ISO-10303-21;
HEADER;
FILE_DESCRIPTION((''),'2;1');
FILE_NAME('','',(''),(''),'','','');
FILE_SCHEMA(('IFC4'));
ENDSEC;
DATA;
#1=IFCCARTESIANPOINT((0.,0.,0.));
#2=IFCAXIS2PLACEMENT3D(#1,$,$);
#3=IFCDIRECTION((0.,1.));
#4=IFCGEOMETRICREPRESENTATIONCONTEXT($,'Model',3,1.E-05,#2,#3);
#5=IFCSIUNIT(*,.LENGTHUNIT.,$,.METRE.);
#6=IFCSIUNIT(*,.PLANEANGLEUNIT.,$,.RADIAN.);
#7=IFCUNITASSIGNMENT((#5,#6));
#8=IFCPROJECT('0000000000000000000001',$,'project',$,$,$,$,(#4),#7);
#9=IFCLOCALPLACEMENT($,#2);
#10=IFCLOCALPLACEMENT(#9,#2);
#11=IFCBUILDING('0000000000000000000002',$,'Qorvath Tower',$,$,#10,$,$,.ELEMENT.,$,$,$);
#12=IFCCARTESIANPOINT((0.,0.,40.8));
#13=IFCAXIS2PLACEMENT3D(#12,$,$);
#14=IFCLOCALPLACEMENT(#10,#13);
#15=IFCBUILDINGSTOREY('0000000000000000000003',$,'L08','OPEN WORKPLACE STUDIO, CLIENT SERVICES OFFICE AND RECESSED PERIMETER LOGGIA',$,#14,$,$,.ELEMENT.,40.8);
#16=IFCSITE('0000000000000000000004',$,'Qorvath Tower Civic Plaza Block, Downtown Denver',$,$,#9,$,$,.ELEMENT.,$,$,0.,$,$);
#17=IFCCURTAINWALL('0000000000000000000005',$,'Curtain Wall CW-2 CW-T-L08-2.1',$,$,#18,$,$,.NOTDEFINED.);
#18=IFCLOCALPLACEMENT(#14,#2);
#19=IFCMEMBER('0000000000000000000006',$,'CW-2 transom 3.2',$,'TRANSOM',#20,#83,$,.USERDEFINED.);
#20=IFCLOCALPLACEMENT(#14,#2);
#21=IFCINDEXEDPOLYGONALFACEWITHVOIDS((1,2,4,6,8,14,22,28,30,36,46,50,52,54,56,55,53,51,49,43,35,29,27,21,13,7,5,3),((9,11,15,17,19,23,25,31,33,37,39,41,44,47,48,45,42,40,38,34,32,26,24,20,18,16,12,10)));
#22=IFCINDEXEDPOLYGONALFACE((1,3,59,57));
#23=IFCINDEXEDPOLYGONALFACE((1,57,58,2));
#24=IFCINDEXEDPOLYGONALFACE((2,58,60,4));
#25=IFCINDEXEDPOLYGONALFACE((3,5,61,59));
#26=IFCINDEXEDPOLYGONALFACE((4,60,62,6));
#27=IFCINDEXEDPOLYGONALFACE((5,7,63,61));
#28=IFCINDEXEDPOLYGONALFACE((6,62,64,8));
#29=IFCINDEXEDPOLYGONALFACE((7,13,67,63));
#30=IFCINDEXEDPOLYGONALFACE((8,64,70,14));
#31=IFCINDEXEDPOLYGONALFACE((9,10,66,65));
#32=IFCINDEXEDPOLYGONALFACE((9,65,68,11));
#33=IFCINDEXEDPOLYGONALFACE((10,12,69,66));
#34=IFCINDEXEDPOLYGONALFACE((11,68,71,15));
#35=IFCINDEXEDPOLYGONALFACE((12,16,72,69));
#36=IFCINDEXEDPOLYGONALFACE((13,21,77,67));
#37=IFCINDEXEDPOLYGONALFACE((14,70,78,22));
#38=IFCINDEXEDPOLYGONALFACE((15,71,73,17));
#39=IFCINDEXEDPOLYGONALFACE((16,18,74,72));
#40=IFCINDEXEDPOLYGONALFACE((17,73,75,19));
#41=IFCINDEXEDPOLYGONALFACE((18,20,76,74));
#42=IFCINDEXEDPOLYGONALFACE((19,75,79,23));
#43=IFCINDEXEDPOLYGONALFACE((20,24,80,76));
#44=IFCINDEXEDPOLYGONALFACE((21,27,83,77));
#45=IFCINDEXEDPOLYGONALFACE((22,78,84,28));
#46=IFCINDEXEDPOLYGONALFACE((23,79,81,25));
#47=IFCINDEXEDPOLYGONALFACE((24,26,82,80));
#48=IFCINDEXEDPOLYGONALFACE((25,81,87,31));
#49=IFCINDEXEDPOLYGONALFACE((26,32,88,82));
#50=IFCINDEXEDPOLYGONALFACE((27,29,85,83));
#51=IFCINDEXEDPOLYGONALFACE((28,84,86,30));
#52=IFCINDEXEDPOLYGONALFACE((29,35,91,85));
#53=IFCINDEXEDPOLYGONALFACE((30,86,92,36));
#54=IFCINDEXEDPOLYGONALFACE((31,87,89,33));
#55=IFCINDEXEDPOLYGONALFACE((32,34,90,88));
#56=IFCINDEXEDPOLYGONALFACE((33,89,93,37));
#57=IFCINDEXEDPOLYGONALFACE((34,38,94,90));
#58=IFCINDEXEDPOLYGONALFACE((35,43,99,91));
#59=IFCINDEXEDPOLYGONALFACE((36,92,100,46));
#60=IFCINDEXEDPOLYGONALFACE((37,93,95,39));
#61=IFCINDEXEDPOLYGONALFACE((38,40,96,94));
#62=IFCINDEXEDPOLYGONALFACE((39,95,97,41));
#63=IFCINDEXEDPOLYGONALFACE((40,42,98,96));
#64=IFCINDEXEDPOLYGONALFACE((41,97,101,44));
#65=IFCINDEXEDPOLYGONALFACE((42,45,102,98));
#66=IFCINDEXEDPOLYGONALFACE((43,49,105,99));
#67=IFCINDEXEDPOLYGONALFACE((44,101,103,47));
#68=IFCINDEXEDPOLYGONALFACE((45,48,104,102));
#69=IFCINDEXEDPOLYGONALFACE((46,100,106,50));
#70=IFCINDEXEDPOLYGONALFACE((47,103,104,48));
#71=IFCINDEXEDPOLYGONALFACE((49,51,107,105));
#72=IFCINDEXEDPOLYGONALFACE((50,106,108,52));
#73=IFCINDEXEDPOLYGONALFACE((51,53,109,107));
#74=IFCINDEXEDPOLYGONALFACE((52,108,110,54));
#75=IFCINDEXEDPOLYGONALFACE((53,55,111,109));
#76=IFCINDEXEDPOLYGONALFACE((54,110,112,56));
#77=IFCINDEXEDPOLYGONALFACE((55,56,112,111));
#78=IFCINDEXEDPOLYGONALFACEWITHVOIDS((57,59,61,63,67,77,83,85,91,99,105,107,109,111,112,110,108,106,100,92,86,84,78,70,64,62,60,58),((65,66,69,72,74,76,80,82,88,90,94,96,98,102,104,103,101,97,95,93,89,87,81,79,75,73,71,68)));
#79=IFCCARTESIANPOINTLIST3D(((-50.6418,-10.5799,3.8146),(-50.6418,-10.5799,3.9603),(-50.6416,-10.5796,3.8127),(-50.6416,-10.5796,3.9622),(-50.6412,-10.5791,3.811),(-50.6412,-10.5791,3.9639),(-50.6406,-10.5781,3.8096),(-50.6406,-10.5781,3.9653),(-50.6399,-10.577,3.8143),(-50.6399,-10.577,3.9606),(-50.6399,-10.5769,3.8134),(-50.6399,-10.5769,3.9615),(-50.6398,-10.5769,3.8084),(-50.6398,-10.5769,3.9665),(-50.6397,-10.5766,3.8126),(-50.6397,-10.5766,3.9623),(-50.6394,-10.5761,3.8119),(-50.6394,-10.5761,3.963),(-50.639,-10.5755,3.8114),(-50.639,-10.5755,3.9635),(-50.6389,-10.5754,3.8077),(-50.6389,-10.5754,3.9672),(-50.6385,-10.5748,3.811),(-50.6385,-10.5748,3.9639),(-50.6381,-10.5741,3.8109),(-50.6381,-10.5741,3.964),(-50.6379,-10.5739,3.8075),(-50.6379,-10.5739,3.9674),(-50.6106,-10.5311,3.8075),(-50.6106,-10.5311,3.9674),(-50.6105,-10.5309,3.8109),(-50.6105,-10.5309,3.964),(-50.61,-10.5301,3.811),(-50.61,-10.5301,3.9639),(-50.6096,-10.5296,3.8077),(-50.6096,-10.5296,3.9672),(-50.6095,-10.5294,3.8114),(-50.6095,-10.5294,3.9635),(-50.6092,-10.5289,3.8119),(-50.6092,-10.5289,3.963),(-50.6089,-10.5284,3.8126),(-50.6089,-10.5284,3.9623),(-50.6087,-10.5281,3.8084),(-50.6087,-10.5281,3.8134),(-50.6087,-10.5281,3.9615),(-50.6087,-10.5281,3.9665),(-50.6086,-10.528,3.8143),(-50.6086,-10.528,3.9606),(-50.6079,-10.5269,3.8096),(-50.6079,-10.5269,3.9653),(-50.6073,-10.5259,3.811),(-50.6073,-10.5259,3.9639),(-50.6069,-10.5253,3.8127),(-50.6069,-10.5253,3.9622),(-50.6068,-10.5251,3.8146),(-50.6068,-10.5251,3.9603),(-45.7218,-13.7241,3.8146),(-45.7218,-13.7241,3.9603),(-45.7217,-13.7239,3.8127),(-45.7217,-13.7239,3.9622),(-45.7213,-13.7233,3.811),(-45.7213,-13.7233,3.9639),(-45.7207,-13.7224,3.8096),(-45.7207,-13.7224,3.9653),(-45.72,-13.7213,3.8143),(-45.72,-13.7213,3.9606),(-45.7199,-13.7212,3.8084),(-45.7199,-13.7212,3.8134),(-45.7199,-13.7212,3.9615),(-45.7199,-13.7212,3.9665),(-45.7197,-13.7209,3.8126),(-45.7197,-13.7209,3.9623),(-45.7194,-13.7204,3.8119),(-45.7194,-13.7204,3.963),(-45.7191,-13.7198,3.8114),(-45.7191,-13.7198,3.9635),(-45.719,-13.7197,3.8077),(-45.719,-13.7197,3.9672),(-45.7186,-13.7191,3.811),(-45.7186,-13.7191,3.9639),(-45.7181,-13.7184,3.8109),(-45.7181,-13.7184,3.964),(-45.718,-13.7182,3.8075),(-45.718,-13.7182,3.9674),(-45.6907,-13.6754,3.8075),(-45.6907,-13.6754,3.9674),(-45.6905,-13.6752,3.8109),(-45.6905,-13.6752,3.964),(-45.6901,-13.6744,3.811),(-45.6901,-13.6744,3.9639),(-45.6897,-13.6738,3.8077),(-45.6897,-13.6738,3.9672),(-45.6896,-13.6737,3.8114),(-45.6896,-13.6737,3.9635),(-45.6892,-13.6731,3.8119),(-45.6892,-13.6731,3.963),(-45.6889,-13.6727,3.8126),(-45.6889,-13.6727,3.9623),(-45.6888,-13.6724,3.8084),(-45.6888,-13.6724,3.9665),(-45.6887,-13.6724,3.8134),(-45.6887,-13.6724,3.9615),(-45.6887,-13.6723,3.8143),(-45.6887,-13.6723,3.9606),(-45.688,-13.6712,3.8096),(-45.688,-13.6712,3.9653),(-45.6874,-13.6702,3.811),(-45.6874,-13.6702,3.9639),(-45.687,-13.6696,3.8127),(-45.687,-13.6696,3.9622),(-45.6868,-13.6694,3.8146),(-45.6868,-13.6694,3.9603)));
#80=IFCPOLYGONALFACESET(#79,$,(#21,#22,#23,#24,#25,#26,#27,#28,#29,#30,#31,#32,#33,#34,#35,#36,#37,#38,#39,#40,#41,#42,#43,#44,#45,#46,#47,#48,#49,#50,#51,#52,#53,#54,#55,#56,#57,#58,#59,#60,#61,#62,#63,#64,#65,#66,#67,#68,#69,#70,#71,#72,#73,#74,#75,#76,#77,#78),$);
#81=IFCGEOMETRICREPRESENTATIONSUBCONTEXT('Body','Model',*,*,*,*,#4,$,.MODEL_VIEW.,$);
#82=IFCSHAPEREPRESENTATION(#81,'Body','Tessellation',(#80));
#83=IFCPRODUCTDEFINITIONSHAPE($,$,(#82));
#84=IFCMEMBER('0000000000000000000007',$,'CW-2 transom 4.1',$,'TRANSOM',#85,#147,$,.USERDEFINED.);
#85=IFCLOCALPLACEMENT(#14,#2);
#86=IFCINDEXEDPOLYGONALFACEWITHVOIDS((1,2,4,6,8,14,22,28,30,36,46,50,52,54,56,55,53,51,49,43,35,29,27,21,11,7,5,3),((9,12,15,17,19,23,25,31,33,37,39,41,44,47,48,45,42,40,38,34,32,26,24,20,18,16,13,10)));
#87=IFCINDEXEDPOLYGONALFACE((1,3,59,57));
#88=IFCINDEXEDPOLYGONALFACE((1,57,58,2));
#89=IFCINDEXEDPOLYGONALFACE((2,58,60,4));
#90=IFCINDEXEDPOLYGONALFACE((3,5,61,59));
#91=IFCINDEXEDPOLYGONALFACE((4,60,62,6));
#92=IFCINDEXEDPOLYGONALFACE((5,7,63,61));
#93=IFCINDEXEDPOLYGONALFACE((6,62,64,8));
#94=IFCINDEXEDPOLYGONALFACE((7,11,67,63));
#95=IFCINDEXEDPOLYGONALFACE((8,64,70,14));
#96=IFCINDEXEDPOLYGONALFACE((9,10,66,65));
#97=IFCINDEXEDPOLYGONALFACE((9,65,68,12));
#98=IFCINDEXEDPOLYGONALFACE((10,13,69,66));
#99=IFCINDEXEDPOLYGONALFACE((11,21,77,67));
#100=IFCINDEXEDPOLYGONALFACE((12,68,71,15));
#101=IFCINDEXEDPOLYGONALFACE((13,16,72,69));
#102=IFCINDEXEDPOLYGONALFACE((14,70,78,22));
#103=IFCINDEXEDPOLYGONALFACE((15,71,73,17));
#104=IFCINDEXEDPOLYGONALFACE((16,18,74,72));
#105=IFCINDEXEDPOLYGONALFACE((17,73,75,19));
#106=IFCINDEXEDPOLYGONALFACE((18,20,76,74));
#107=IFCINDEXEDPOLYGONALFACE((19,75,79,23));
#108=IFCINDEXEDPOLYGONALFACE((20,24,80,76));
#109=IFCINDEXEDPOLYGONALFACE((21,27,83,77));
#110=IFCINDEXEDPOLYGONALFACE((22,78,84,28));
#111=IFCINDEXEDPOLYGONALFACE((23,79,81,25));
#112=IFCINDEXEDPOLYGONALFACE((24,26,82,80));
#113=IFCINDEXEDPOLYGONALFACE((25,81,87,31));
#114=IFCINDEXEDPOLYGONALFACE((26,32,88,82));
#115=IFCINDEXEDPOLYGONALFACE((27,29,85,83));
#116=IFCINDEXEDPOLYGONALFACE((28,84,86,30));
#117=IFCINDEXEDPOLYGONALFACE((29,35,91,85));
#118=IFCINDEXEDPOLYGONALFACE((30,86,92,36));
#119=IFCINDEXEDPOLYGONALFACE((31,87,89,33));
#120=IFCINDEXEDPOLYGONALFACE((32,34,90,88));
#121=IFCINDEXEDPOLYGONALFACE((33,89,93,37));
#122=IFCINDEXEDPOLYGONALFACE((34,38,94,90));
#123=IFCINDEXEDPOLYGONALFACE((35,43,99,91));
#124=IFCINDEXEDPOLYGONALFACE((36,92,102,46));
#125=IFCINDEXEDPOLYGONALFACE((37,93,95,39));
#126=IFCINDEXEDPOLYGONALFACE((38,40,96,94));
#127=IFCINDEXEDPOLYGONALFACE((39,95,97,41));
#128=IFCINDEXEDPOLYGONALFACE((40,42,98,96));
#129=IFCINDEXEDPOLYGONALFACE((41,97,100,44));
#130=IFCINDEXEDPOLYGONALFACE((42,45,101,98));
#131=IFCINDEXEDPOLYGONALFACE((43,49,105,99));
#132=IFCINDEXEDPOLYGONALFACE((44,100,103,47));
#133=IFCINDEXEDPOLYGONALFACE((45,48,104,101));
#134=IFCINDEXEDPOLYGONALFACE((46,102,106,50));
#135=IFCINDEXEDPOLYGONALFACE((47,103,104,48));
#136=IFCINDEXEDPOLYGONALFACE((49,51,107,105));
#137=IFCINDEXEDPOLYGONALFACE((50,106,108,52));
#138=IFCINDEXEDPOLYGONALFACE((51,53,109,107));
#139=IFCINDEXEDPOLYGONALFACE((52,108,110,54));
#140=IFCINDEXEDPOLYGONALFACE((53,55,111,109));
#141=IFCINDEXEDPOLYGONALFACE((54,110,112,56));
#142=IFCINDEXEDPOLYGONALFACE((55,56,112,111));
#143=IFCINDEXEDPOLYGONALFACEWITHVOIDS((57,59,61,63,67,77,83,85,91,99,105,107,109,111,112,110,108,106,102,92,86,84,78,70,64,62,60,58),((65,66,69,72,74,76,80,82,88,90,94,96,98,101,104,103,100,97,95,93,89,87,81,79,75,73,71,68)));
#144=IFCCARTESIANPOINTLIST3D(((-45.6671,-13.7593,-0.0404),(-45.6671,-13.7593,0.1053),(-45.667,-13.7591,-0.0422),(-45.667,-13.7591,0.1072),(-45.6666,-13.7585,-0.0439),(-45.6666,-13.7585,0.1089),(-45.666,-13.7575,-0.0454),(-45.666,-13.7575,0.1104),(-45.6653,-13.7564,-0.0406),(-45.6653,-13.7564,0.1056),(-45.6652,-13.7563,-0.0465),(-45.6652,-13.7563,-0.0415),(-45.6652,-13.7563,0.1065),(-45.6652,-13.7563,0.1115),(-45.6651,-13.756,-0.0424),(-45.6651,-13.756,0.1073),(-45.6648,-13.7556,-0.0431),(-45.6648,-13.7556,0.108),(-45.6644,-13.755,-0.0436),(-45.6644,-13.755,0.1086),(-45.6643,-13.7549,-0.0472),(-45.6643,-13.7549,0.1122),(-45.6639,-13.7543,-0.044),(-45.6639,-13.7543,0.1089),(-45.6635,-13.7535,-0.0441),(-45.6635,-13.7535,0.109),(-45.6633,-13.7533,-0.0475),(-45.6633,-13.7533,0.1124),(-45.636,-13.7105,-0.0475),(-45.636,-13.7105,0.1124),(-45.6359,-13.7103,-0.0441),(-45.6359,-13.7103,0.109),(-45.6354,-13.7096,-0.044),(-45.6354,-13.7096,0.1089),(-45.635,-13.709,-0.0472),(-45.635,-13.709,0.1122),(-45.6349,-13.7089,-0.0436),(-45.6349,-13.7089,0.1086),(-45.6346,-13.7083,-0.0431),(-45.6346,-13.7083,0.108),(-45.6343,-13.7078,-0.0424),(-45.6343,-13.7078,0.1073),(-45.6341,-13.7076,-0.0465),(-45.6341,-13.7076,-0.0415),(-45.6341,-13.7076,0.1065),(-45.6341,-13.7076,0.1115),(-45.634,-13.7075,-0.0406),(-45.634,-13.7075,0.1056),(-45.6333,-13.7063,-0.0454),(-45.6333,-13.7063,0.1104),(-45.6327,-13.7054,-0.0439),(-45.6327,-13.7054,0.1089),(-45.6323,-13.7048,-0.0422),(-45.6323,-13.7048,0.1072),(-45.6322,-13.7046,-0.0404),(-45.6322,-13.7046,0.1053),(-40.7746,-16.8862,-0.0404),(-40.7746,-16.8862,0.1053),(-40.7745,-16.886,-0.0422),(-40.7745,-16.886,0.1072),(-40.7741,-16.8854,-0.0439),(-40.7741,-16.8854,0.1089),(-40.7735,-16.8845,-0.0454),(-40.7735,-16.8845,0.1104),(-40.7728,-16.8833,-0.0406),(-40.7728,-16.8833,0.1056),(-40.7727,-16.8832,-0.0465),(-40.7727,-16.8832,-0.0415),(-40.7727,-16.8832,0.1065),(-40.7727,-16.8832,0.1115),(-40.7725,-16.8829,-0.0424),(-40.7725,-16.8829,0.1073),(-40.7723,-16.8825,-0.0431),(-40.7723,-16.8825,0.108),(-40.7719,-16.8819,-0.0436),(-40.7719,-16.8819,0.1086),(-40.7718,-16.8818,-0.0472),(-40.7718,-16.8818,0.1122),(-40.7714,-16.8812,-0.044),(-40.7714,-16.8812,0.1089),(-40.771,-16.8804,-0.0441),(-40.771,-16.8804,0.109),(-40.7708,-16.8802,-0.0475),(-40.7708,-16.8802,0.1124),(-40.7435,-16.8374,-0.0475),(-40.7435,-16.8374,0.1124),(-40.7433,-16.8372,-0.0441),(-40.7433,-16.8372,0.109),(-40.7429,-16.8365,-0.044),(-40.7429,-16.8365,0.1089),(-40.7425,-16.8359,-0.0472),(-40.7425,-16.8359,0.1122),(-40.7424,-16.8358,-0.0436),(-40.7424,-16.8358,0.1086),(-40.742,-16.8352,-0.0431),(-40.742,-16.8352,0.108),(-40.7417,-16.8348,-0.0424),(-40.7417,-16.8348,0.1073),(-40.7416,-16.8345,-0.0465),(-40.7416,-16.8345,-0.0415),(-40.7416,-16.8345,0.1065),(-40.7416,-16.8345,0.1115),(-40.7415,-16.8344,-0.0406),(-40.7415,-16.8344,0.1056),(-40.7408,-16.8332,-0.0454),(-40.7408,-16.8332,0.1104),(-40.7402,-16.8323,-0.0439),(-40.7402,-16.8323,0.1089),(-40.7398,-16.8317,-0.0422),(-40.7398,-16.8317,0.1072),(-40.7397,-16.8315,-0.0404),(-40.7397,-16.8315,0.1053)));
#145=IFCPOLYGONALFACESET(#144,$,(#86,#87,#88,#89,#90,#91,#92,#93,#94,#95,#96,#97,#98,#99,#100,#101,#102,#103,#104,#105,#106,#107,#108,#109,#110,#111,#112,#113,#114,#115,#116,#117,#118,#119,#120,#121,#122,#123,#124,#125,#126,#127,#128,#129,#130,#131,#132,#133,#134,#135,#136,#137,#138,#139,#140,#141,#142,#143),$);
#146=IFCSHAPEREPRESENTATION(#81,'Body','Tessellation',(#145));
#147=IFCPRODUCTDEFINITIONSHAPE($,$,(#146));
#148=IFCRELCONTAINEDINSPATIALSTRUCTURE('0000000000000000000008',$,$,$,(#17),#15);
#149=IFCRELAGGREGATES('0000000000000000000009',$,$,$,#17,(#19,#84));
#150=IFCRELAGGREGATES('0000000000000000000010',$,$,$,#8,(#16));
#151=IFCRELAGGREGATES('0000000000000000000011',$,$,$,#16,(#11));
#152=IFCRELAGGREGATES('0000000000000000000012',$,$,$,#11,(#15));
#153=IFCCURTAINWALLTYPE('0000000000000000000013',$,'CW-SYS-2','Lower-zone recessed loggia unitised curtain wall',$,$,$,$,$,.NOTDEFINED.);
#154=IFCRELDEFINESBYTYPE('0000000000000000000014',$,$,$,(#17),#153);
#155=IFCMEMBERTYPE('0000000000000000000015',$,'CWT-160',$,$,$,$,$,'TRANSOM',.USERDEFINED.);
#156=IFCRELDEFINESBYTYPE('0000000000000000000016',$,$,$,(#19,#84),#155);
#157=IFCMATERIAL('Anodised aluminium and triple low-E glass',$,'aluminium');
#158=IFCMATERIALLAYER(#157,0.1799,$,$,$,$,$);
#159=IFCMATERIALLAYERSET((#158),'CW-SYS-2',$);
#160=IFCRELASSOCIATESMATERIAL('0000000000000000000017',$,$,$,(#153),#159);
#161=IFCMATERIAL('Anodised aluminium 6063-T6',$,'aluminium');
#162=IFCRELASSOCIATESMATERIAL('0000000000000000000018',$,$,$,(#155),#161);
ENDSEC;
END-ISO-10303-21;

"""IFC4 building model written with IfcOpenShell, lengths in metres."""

from ifc_helpers import new_model, si_unit, direction, frame, origin, origin_2d, place, context, subcontext, project, spatial, hollow_rectangle, extrude, material, layer, layer_set, material_profile, profile_set, type_object, element, aggregate, save


model = new_model("IFC4")

# Units and contexts
model_context = context("Model", 3, precision=1e-05, world=origin(), true_north=direction((0.0, 1.0)))
body_context = subcontext(model_context, "Body", "Model", "MODEL_VIEW")
ifc_project = project(units=[si_unit("LENGTHUNIT", "METRE"), si_unit("PLANEANGLEUNIT", "RADIAN")], contexts=[model_context])

# Site, building, storey
site_placement = place(None, origin())
site = spatial("IfcSite", under=ifc_project, at=site_placement, Name="Qorvath Tower Civic Plaza Block, Downtown Denver", CompositionType="ELEMENT", RefElevation=0.0)
building_placement = place(site_placement, origin())
building = spatial("IfcBuilding", under=site, at=building_placement, Name="Qorvath Tower", CompositionType="ELEMENT")
storey_placement = place(building_placement, frame((0.0, 0.0, 40.8)))
storey = spatial("IfcBuildingStorey", under=building, at=storey_placement, Name="L08", Description="OPEN WORKPLACE STUDIO, CLIENT SERVICES OFFICE AND RECESSED PERIMETER LOGGIA", CompositionType="ELEMENT", Elevation=40.8)

# Curtain wall, members
ifc_material_1 = material(Name="Anodised aluminium and triple low-E glass", Category="aluminium")
ifc_layer_1 = layer(ifc_material_1, 0.1799)
ifc_layer_set_1 = layer_set([ifc_layer_1], Name="CW-SYS-2")
curtain_wall_type = type_object("IfcCurtainWallType", Name="CW-SYS-2", Description="Lower-zone recessed loggia unitised curtain wall", PredefinedType="NOTDEFINED", material=ifc_layer_set_1)
curtain_wall_placement = place(storey_placement, origin())
curtain_wall = element("IfcCurtainWall", 1, at=curtain_wall_placement, inside=storey, type_object=curtain_wall_type, Name="Curtain Wall CW-2 CW-T-L08-2.1", PredefinedType="NOTDEFINED")
ifc_material_2 = material(Name="Anodised aluminium 6063-T6", Category="aluminium")
ifc_material_profile_1 = material_profile(ifc_material_2, hollow_rectangle(XDim=0.0649, YDim=0.1599, WallThickness=0.0034, InnerFilletRadius=0.0034, OuterFilletRadius=0.0071, at=origin_2d()), Name="CWT 160x65")
ifc_profile_set_1 = profile_set([ifc_material_profile_1], Name="Anodised aluminium 6063-T6")
member_type_1 = type_object("IfcMemberType", Name="CWT-160", ElementType="TRANSOM", PredefinedType="USERDEFINED", material=ifc_profile_set_1)
member_1_placement = place(storey_placement, frame((-50.6243, -10.5525, 3.8875), z_axis=(0.842618, -0.538511, 0.0), x_axis=(0.538511, 0.842618, 0.0)))
member_1 = element("IfcMember", 2, at=member_1_placement, type_object=member_type_1, Name="CW-2 transom 3.2", ObjectType="TRANSOM", PredefinedType="USERDEFINED", context=body_context, shape_type="SweptSolid", body=[
    extrude(hollow_rectangle(XDim=0.0649, YDim=0.1599, WallThickness=0.0034, InnerFilletRadius=0.0034, OuterFilletRadius=0.0071, at=origin_2d()), origin(), (0.0, 0.0, 1.0), 5.8389),
])
member_2_placement = place(storey_placement, frame((-45.6497, -13.7319, 0.0325), z_axis=(0.842607, -0.538529, 0.0), x_axis=(0.538529, 0.842607, 0.0)))
member_2 = element("IfcMember", 3, at=member_2_placement, type_object=member_type_1, Name="CW-2 transom 4.1", ObjectType="TRANSOM", PredefinedType="USERDEFINED", context=body_context, shape_type="SweptSolid", body=[
    extrude(hollow_rectangle(XDim=0.0649, YDim=0.1599, WallThickness=0.0034, InnerFilletRadius=0.0034, OuterFilletRadius=0.0071, at=origin_2d()), origin(), (0.0, 0.0, 1.0), 5.8064),
])
aggregate(curtain_wall, [member_1, member_2])

save(model, "model.ifc")
